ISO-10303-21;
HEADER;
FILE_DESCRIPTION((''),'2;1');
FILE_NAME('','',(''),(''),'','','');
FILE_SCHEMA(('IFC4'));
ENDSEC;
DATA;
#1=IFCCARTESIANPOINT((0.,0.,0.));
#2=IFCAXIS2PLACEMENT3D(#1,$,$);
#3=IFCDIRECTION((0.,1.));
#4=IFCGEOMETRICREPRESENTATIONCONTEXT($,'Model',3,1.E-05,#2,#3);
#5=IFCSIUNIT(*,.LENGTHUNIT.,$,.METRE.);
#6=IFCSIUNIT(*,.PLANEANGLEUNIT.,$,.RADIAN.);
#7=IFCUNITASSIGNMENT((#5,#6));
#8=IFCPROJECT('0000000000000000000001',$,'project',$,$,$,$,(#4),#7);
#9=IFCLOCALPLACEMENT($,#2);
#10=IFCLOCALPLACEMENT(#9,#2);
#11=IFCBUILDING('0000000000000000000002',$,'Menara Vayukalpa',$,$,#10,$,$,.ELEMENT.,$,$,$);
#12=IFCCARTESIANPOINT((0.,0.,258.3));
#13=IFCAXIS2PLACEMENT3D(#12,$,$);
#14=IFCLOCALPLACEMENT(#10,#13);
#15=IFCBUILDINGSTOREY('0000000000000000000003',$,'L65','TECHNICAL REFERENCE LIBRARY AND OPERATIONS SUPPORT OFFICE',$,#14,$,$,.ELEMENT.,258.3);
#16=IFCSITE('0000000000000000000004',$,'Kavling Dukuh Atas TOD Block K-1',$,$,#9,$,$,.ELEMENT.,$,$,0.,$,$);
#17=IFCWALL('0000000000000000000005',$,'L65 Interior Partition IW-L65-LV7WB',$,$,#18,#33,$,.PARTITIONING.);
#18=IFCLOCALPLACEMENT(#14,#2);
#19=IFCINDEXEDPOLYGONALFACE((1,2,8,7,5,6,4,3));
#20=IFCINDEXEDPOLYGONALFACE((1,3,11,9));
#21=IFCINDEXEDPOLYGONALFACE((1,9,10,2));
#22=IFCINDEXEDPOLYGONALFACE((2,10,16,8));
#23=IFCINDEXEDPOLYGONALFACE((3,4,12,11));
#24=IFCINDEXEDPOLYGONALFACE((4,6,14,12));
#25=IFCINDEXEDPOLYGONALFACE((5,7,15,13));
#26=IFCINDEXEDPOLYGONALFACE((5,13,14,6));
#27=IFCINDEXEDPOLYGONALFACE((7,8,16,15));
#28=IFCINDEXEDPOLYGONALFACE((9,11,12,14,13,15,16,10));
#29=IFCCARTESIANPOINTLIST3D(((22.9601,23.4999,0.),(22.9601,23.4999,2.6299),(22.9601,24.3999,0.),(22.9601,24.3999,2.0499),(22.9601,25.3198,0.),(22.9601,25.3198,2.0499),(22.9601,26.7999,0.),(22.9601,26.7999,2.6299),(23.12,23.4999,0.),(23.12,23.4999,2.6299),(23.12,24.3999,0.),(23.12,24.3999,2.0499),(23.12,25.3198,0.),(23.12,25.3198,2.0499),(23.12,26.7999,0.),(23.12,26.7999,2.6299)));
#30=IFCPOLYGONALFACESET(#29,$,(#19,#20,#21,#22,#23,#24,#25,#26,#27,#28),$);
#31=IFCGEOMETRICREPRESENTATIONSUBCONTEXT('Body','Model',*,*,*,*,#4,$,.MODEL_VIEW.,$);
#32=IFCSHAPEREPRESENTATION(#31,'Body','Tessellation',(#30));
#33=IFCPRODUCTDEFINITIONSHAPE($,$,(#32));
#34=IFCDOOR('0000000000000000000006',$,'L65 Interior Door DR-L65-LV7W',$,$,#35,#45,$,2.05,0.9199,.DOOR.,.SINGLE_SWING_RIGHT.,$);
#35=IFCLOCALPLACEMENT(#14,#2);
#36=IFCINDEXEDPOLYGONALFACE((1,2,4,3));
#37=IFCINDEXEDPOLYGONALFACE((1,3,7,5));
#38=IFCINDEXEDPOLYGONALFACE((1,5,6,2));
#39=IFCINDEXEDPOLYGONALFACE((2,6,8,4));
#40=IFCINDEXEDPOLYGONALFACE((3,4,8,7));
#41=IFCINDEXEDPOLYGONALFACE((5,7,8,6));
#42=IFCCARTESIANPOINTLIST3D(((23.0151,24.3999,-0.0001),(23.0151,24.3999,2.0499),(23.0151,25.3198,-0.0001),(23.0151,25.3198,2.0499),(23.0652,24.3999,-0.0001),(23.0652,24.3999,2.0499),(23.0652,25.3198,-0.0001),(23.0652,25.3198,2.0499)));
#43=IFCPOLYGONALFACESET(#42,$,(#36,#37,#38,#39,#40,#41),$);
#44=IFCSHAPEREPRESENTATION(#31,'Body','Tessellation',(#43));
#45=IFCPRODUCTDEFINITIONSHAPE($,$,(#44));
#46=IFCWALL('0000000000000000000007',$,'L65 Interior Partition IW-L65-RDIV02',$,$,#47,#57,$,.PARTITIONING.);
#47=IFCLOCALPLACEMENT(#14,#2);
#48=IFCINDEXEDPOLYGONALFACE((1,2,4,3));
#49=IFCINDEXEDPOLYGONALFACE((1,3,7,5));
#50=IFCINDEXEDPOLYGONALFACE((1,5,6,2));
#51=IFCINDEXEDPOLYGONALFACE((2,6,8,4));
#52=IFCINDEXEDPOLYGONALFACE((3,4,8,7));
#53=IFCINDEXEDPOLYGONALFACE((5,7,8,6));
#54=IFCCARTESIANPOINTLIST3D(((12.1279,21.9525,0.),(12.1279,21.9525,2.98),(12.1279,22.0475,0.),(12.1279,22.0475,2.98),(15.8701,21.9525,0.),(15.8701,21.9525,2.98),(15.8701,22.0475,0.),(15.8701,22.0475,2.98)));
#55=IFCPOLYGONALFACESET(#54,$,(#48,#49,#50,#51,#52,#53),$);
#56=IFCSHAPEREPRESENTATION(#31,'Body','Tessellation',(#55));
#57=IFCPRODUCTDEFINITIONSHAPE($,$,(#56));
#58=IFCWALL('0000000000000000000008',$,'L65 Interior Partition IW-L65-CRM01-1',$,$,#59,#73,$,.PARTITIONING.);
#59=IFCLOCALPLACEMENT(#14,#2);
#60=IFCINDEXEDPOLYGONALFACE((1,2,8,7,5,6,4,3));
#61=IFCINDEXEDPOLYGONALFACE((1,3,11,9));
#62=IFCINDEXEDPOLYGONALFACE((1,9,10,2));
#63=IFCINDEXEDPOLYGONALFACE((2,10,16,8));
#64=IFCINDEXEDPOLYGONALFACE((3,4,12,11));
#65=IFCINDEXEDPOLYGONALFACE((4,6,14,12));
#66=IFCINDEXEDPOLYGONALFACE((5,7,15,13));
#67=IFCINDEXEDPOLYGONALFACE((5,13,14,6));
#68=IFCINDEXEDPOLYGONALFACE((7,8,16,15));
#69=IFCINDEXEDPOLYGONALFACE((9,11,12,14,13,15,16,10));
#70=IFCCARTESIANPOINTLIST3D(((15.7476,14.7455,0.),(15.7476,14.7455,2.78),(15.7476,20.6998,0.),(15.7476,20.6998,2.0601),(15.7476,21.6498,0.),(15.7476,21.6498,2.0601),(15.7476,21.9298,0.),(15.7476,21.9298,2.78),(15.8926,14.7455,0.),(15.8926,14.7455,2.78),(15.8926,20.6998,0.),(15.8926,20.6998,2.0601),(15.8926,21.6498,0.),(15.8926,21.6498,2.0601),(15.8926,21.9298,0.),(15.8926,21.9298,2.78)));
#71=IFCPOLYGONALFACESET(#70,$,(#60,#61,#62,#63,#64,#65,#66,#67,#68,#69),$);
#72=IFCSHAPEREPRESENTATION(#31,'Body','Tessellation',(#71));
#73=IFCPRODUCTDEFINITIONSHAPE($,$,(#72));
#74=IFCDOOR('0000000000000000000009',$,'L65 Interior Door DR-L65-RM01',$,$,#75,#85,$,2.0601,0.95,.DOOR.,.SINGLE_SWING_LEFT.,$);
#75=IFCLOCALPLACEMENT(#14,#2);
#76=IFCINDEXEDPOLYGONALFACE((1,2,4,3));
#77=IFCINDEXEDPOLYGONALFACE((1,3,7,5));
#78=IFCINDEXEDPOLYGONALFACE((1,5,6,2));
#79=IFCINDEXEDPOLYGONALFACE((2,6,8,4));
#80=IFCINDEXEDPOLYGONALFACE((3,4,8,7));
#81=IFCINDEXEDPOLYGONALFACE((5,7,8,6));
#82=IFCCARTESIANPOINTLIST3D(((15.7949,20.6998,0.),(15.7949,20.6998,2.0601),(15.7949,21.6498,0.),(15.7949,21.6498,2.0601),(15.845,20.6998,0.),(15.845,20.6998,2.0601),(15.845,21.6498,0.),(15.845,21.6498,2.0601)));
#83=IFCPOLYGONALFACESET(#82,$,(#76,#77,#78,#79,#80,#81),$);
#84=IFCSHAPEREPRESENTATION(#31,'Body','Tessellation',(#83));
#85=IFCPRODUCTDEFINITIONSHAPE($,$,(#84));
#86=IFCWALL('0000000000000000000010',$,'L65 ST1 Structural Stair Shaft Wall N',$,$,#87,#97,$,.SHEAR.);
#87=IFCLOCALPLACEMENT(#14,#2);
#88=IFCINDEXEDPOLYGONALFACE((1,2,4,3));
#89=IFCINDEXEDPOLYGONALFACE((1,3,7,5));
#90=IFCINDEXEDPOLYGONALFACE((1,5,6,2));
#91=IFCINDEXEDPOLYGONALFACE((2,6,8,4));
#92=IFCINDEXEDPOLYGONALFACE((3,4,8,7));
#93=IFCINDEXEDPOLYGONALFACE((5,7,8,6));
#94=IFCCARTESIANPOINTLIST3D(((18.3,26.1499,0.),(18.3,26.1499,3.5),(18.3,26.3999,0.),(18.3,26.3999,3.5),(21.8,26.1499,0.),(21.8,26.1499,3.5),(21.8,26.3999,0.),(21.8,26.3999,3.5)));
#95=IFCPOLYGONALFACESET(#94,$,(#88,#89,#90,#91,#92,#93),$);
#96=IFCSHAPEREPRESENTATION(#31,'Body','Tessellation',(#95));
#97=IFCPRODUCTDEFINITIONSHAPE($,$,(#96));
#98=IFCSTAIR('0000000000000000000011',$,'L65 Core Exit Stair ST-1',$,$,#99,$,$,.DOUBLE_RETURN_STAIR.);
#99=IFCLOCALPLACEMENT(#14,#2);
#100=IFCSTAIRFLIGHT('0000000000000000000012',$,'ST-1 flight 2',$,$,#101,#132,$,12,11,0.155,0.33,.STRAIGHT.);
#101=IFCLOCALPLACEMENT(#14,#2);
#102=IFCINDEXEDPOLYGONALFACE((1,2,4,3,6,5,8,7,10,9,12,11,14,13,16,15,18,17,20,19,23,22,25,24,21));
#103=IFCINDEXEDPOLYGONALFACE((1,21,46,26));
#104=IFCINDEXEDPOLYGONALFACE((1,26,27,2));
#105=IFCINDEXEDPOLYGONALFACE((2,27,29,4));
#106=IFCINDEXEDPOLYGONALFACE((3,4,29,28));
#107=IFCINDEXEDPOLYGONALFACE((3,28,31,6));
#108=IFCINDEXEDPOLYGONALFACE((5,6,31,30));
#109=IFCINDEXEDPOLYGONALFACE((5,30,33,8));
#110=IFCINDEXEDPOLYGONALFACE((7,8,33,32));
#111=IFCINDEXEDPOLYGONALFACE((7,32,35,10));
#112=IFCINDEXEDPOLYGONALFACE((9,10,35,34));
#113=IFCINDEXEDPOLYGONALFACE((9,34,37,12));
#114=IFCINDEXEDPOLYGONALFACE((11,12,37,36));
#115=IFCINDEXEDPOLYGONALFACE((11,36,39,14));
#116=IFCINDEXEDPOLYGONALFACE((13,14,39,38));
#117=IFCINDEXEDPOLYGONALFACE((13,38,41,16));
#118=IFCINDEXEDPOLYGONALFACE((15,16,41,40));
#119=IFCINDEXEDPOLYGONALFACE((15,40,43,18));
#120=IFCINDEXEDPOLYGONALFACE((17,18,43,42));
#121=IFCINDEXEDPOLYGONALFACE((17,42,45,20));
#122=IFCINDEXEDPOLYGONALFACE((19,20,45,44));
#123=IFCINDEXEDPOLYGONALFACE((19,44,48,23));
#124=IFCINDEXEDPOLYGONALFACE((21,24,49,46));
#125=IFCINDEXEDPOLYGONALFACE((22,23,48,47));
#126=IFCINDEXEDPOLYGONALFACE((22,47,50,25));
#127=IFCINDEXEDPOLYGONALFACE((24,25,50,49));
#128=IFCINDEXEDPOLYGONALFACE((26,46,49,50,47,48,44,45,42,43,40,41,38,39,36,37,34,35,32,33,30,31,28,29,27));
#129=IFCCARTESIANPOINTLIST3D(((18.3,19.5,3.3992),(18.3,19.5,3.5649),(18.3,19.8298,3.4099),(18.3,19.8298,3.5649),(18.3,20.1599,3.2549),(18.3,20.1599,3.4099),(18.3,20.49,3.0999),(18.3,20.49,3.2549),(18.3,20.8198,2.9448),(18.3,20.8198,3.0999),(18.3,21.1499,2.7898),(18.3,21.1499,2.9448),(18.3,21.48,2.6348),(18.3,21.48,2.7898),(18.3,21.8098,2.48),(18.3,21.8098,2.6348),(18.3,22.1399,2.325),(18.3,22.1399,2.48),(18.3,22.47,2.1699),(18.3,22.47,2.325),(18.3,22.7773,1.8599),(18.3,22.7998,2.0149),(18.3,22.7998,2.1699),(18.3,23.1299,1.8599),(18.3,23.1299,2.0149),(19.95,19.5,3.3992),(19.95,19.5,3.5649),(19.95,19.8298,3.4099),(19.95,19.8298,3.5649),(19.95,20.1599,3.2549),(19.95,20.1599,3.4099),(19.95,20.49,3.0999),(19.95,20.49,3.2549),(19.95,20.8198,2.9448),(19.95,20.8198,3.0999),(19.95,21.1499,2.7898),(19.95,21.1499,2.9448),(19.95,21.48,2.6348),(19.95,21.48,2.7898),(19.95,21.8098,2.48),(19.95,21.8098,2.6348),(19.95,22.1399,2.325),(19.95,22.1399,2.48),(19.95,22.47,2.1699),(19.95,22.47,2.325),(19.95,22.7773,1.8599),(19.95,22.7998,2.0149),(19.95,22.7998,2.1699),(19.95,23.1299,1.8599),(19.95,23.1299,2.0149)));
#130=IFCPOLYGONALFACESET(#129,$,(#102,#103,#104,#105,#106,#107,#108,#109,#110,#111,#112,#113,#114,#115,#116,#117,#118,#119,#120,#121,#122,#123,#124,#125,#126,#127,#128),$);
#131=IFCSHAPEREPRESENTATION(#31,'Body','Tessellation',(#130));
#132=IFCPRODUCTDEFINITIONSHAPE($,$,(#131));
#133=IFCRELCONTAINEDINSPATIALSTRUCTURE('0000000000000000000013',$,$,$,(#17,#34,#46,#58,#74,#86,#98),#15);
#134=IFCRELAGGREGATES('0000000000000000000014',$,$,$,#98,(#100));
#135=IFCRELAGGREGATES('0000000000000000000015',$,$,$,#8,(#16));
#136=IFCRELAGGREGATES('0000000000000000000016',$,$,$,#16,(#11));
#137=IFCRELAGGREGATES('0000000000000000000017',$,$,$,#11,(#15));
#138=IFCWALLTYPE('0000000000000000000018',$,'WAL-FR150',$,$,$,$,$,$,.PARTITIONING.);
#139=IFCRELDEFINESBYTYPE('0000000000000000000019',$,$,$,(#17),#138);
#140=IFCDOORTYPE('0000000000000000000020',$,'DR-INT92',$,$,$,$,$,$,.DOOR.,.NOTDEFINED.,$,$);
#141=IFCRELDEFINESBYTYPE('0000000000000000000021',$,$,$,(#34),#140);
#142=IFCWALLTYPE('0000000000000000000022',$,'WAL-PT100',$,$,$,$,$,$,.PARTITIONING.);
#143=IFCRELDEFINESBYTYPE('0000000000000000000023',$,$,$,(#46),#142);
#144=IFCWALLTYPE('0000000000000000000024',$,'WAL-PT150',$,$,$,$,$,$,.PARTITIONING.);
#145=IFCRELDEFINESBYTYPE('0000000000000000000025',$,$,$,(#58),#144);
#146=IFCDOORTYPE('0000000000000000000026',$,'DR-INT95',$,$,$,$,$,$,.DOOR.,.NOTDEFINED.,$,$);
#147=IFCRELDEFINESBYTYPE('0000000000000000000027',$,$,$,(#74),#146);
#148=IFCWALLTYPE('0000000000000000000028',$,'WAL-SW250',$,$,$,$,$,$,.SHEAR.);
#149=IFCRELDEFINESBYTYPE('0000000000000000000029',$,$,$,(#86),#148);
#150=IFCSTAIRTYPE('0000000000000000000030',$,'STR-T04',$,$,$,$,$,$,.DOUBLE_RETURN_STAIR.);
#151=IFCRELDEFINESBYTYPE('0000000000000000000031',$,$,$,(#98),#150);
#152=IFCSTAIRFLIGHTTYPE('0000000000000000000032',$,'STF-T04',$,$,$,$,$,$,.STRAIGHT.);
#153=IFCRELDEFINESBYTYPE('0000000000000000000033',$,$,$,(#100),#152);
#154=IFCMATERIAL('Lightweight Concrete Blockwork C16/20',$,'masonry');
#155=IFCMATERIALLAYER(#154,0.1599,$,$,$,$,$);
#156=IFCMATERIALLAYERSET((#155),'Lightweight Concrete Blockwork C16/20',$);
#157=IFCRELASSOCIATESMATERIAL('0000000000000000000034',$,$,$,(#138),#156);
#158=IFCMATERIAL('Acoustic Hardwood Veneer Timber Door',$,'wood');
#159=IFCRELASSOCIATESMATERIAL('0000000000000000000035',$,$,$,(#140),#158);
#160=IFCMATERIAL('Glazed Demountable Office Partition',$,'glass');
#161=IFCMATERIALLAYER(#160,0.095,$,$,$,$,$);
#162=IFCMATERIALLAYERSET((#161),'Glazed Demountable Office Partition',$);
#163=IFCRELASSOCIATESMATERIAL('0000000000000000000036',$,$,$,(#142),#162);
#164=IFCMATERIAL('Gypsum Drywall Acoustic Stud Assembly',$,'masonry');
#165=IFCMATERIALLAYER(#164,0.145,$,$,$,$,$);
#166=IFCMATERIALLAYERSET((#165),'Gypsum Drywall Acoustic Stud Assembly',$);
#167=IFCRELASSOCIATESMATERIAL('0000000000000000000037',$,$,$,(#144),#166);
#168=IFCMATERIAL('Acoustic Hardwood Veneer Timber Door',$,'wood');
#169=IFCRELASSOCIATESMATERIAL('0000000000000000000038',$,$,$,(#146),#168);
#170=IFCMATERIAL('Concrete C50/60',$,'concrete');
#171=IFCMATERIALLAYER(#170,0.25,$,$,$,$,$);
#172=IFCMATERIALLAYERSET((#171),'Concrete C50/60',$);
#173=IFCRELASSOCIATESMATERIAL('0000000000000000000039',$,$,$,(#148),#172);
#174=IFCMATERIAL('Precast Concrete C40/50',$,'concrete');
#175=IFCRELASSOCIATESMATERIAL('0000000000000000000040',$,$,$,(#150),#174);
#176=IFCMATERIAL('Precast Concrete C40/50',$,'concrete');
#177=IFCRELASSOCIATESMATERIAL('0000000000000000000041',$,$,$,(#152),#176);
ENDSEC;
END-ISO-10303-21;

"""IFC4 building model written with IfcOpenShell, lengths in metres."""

from ifc_helpers import new_model, si_unit, direction, frame, frame_2d, origin, place, context, subcontext, project, spatial, polyline, rectangle, outline, extrude, material, layer, layer_set, type_object, element, fill, aggregate, save


model = new_model("IFC4")

# Units and contexts
model_context = context("Model", 3, precision=1e-05, world=origin(), true_north=direction((0.0, 1.0)))
body_context = subcontext(model_context, "Body", "Model", "MODEL_VIEW")
ifc_project = project(units=[si_unit("LENGTHUNIT", "METRE"), si_unit("PLANEANGLEUNIT", "RADIAN")], contexts=[model_context])

# Site, building, storey
site_placement = place(None, origin())
site = spatial("IfcSite", under=ifc_project, at=site_placement, Name="Kavling Dukuh Atas TOD Block K-1", CompositionType="ELEMENT", RefElevation=0.0)
building_placement = place(site_placement, origin())
building = spatial("IfcBuilding", under=site, at=building_placement, Name="Menara Vayukalpa", CompositionType="ELEMENT")
storey_placement = place(building_placement, frame((0.0, 0.0, 258.3)))
storey = spatial("IfcBuildingStorey", under=building, at=storey_placement, Name="L65", Description="TECHNICAL REFERENCE LIBRARY AND OPERATIONS SUPPORT OFFICE", CompositionType="ELEMENT", Elevation=258.3)

# Shared definitions
ifc_material_1 = material(Name="Lightweight Concrete Blockwork C16/20", Category="masonry")
ifc_layer_1 = layer(ifc_material_1, 0.1599)
ifc_layer_set_1 = layer_set([ifc_layer_1], Name="Lightweight Concrete Blockwork C16/20")
wall_type_1 = type_object("IfcWallType", Name="WAL-FR150", PredefinedType="PARTITIONING", material=ifc_layer_set_1)

# Wall, opening, door
wall_1_placement = place(storey_placement, frame((23.04, 23.5, 0.0), z_axis=(0.0, 0.0, 1.0), x_axis=(0.0, 1.0, 0.0)))
wall_1 = element("IfcWall", 1, at=wall_1_placement, inside=storey, type_object=wall_type_1, Name="L65 Interior Partition IW-L65-LV7WB", PredefinedType="PARTITIONING", context=body_context, shape_type="SweptSolid", body=[
    extrude(rectangle(XDim=3.3, YDim=0.1599, at=frame_2d((1.6499, 0.0))), origin(), (0.0, 0.0, 1.0), 2.6299),
])
opening_1_placement = place(wall_1_placement, frame((0.8999, 0.0, 0.0)))
opening_1 = element("IfcOpeningElement", 2, at=opening_1_placement, cuts=wall_1, PredefinedType="OPENING", context=body_context, shape_type="SweptSolid", body=[
    extrude(rectangle(XDim=0.9199, YDim=2.05, at=frame_2d((0.46, 1.0249))), frame((0.0, 0.0898, 0.0), z_axis=(0.0, -1.0, 0.0), x_axis=(1.0, 0.0, 0.0)), (0.0, 0.0, 1.0), 0.1799),
])
ifc_material_2 = material(Name="Acoustic Hardwood Veneer Timber Door", Category="wood")
door_type_1 = type_object("IfcDoorType", Name="DR-INT92", OperationType="NOTDEFINED", PredefinedType="DOOR", material=ifc_material_2)
door_1_placement = place(opening_1_placement, origin())
door_1 = element("IfcDoor", 3, at=door_1_placement, inside=storey, type_object=door_type_1, Name="L65 Interior Door DR-L65-LV7W", OperationType="SINGLE_SWING_RIGHT", OverallHeight=2.05, OverallWidth=0.9199, PredefinedType="DOOR", context=body_context, shape_type="SweptSolid", body=[
    extrude(rectangle(XDim=0.9199, YDim=2.05, at=frame_2d((0.46, 1.0249))), frame((0.0, 0.0249, 0.0), z_axis=(0.0, -1.0, 0.0), x_axis=(1.0, 0.0, 0.0)), (0.0, 0.0, 1.0), 0.05),
])
fill(opening_1, door_1)

# Wall
ifc_material_3 = material(Name="Glazed Demountable Office Partition", Category="glass")
ifc_layer_2 = layer(ifc_material_3, 0.095)
ifc_layer_set_2 = layer_set([ifc_layer_2], Name="Glazed Demountable Office Partition")
wall_type_2 = type_object("IfcWallType", Name="WAL-PT100", PredefinedType="PARTITIONING", material=ifc_layer_set_2)
wall_2_placement = place(storey_placement, frame((12.1279, 22.0, 0.0), z_axis=(0.0, 0.0, 1.0), x_axis=(1.0, 0.0, 0.0)))
element("IfcWall", 4, at=wall_2_placement, inside=storey, type_object=wall_type_2, Name="L65 Interior Partition IW-L65-RDIV02", PredefinedType="PARTITIONING", context=body_context, shape_type="SweptSolid", body=[
    extrude(rectangle(XDim=3.7422, YDim=0.095, at=frame_2d((1.8711, 0.0))), origin(), (0.0, 0.0, 1.0), 2.98),
])

# Wall, opening, door
ifc_material_4 = material(Name="Gypsum Drywall Acoustic Stud Assembly", Category="masonry")
ifc_layer_3 = layer(ifc_material_4, 0.145)
ifc_layer_set_3 = layer_set([ifc_layer_3], Name="Gypsum Drywall Acoustic Stud Assembly")
wall_type_3 = type_object("IfcWallType", Name="WAL-PT150", PredefinedType="PARTITIONING", material=ifc_layer_set_3)
wall_3_placement = place(storey_placement, frame((15.8201, 21.9299, 0.0), z_axis=(0.0, 0.0, 1.0), x_axis=(0.0, -1.0, 0.0)))
wall_3 = element("IfcWall", 5, at=wall_3_placement, inside=storey, type_object=wall_type_3, Name="L65 Interior Partition IW-L65-CRM01-1", PredefinedType="PARTITIONING", context=body_context, shape_type="SweptSolid", body=[
    extrude(rectangle(XDim=7.1843, YDim=0.145, at=frame_2d((3.5923, 0.0))), origin(), (0.0, 0.0, 1.0), 2.78),
])
opening_2_placement = place(wall_3_placement, frame((0.28, 0.0, 0.0)))
opening_2 = element("IfcOpeningElement", 6, at=opening_2_placement, cuts=wall_3, PredefinedType="OPENING", context=body_context, shape_type="SweptSolid", body=[
    extrude(rectangle(XDim=0.95, YDim=2.0601, at=frame_2d((0.4751, 1.03))), frame((0.0, 0.0825, 0.0), z_axis=(0.0, -1.0, 0.0), x_axis=(1.0, 0.0, 0.0)), (0.0, 0.0, 1.0), 0.165),
])
ifc_material_5 = material(Name="Acoustic Hardwood Veneer Timber Door", Category="wood")
door_type_2 = type_object("IfcDoorType", Name="DR-INT95", OperationType="NOTDEFINED", PredefinedType="DOOR", material=ifc_material_5)
door_2_placement = place(opening_2_placement, origin())
door_2 = element("IfcDoor", 7, at=door_2_placement, inside=storey, type_object=door_type_2, Name="L65 Interior Door DR-L65-RM01", OperationType="SINGLE_SWING_LEFT", OverallHeight=2.0601, OverallWidth=0.95, PredefinedType="DOOR", context=body_context, shape_type="SweptSolid", body=[
    extrude(rectangle(XDim=0.95, YDim=2.0601, at=frame_2d((0.4751, 1.03))), frame((0.0, 0.0249, 0.0), z_axis=(0.0, -1.0, 0.0), x_axis=(1.0, 0.0, 0.0)), (0.0, 0.0, 1.0), 0.05),
])
fill(opening_2, door_2)

# Wall
ifc_material_6 = material(Name="Concrete C50/60", Category="concrete")
ifc_layer_4 = layer(ifc_material_6, 0.25)
ifc_layer_set_4 = layer_set([ifc_layer_4], Name="Concrete C50/60")
wall_type_4 = type_object("IfcWallType", Name="WAL-SW250", PredefinedType="SHEAR", material=ifc_layer_set_4)
wall_4_placement = place(storey_placement, frame((18.3, 26.2749, 0.0), z_axis=(0.0, 0.0, 1.0), x_axis=(1.0, 0.0, 0.0)))
element("IfcWall", 8, at=wall_4_placement, inside=storey, type_object=wall_type_4, Name="L65 ST1 Structural Stair Shaft Wall N", PredefinedType="SHEAR", context=body_context, shape_type="SweptSolid", body=[
    extrude(rectangle(XDim=3.5, YDim=0.25, at=frame_2d((1.75, 0.0))), origin(), (0.0, 0.0, 1.0), 3.5),
])

# Stair, stair flight
ifc_material_7 = material(Name="Precast Concrete C40/50", Category="concrete")
stair_type = type_object("IfcStairType", Name="STR-T04", PredefinedType="DOUBLE_RETURN_STAIR", material=ifc_material_7)
stair_placement = place(storey_placement, origin())
stair = element("IfcStair", 9, at=stair_placement, inside=storey, type_object=stair_type, Name="L65 Core Exit Stair ST-1", PredefinedType="DOUBLE_RETURN_STAIR")
ifc_material_8 = material(Name="Precast Concrete C40/50", Category="concrete")
stair_flight_type = type_object("IfcStairFlightType", Name="STF-T04", PredefinedType="STRAIGHT", material=ifc_material_8)
stair_flight_placement = place(storey_placement, frame((19.125, 23.1299, 1.8599), z_axis=(0.0, 0.0, 1.0), x_axis=(0.0, -1.0, 0.0)))
stair_flight = element("IfcStairFlight", 10, at=stair_flight_placement, type_object=stair_flight_type, Name="ST-1 flight 2", NumberOfRisers=12, NumberOfTreads=11, PredefinedType="STRAIGHT", RiserHeight=0.155, TreadLength=0.33, context=body_context, shape_type="SweptSolid", body=[
    extrude(outline(polyline([(0.0, 0.0), (0.0, 0.155), (0.3301, 0.155), (0.3301, 0.3101), (0.6599, 0.3101), (0.6599, 0.4651), (0.99, 0.4651), (0.99, 0.6201), (1.3201, 0.6201), (1.3201, 0.7749), (1.6499, 0.7749), (1.6499, 0.9299), (1.98, 0.9299), (1.98, 1.085), (2.3101, 1.085), (2.3101, 1.24), (2.6399, 1.24), (2.6399, 1.395), (2.97, 1.395), (2.97, 1.55), (3.3, 1.55), (3.3, 1.7051), (3.6299, 1.7051), (3.6299, 1.8601), (3.6299, 1.5393), (0.3525, 0.0), (0.0, 0.0)])), frame((0.0, 0.825, 0.0), z_axis=(0.0, -1.0, 0.0), x_axis=(1.0, 0.0, 0.0)), (0.0, 0.0, 1.0), 1.6499),
])
aggregate(stair, [stair_flight])

save(model, "model.ifc")
